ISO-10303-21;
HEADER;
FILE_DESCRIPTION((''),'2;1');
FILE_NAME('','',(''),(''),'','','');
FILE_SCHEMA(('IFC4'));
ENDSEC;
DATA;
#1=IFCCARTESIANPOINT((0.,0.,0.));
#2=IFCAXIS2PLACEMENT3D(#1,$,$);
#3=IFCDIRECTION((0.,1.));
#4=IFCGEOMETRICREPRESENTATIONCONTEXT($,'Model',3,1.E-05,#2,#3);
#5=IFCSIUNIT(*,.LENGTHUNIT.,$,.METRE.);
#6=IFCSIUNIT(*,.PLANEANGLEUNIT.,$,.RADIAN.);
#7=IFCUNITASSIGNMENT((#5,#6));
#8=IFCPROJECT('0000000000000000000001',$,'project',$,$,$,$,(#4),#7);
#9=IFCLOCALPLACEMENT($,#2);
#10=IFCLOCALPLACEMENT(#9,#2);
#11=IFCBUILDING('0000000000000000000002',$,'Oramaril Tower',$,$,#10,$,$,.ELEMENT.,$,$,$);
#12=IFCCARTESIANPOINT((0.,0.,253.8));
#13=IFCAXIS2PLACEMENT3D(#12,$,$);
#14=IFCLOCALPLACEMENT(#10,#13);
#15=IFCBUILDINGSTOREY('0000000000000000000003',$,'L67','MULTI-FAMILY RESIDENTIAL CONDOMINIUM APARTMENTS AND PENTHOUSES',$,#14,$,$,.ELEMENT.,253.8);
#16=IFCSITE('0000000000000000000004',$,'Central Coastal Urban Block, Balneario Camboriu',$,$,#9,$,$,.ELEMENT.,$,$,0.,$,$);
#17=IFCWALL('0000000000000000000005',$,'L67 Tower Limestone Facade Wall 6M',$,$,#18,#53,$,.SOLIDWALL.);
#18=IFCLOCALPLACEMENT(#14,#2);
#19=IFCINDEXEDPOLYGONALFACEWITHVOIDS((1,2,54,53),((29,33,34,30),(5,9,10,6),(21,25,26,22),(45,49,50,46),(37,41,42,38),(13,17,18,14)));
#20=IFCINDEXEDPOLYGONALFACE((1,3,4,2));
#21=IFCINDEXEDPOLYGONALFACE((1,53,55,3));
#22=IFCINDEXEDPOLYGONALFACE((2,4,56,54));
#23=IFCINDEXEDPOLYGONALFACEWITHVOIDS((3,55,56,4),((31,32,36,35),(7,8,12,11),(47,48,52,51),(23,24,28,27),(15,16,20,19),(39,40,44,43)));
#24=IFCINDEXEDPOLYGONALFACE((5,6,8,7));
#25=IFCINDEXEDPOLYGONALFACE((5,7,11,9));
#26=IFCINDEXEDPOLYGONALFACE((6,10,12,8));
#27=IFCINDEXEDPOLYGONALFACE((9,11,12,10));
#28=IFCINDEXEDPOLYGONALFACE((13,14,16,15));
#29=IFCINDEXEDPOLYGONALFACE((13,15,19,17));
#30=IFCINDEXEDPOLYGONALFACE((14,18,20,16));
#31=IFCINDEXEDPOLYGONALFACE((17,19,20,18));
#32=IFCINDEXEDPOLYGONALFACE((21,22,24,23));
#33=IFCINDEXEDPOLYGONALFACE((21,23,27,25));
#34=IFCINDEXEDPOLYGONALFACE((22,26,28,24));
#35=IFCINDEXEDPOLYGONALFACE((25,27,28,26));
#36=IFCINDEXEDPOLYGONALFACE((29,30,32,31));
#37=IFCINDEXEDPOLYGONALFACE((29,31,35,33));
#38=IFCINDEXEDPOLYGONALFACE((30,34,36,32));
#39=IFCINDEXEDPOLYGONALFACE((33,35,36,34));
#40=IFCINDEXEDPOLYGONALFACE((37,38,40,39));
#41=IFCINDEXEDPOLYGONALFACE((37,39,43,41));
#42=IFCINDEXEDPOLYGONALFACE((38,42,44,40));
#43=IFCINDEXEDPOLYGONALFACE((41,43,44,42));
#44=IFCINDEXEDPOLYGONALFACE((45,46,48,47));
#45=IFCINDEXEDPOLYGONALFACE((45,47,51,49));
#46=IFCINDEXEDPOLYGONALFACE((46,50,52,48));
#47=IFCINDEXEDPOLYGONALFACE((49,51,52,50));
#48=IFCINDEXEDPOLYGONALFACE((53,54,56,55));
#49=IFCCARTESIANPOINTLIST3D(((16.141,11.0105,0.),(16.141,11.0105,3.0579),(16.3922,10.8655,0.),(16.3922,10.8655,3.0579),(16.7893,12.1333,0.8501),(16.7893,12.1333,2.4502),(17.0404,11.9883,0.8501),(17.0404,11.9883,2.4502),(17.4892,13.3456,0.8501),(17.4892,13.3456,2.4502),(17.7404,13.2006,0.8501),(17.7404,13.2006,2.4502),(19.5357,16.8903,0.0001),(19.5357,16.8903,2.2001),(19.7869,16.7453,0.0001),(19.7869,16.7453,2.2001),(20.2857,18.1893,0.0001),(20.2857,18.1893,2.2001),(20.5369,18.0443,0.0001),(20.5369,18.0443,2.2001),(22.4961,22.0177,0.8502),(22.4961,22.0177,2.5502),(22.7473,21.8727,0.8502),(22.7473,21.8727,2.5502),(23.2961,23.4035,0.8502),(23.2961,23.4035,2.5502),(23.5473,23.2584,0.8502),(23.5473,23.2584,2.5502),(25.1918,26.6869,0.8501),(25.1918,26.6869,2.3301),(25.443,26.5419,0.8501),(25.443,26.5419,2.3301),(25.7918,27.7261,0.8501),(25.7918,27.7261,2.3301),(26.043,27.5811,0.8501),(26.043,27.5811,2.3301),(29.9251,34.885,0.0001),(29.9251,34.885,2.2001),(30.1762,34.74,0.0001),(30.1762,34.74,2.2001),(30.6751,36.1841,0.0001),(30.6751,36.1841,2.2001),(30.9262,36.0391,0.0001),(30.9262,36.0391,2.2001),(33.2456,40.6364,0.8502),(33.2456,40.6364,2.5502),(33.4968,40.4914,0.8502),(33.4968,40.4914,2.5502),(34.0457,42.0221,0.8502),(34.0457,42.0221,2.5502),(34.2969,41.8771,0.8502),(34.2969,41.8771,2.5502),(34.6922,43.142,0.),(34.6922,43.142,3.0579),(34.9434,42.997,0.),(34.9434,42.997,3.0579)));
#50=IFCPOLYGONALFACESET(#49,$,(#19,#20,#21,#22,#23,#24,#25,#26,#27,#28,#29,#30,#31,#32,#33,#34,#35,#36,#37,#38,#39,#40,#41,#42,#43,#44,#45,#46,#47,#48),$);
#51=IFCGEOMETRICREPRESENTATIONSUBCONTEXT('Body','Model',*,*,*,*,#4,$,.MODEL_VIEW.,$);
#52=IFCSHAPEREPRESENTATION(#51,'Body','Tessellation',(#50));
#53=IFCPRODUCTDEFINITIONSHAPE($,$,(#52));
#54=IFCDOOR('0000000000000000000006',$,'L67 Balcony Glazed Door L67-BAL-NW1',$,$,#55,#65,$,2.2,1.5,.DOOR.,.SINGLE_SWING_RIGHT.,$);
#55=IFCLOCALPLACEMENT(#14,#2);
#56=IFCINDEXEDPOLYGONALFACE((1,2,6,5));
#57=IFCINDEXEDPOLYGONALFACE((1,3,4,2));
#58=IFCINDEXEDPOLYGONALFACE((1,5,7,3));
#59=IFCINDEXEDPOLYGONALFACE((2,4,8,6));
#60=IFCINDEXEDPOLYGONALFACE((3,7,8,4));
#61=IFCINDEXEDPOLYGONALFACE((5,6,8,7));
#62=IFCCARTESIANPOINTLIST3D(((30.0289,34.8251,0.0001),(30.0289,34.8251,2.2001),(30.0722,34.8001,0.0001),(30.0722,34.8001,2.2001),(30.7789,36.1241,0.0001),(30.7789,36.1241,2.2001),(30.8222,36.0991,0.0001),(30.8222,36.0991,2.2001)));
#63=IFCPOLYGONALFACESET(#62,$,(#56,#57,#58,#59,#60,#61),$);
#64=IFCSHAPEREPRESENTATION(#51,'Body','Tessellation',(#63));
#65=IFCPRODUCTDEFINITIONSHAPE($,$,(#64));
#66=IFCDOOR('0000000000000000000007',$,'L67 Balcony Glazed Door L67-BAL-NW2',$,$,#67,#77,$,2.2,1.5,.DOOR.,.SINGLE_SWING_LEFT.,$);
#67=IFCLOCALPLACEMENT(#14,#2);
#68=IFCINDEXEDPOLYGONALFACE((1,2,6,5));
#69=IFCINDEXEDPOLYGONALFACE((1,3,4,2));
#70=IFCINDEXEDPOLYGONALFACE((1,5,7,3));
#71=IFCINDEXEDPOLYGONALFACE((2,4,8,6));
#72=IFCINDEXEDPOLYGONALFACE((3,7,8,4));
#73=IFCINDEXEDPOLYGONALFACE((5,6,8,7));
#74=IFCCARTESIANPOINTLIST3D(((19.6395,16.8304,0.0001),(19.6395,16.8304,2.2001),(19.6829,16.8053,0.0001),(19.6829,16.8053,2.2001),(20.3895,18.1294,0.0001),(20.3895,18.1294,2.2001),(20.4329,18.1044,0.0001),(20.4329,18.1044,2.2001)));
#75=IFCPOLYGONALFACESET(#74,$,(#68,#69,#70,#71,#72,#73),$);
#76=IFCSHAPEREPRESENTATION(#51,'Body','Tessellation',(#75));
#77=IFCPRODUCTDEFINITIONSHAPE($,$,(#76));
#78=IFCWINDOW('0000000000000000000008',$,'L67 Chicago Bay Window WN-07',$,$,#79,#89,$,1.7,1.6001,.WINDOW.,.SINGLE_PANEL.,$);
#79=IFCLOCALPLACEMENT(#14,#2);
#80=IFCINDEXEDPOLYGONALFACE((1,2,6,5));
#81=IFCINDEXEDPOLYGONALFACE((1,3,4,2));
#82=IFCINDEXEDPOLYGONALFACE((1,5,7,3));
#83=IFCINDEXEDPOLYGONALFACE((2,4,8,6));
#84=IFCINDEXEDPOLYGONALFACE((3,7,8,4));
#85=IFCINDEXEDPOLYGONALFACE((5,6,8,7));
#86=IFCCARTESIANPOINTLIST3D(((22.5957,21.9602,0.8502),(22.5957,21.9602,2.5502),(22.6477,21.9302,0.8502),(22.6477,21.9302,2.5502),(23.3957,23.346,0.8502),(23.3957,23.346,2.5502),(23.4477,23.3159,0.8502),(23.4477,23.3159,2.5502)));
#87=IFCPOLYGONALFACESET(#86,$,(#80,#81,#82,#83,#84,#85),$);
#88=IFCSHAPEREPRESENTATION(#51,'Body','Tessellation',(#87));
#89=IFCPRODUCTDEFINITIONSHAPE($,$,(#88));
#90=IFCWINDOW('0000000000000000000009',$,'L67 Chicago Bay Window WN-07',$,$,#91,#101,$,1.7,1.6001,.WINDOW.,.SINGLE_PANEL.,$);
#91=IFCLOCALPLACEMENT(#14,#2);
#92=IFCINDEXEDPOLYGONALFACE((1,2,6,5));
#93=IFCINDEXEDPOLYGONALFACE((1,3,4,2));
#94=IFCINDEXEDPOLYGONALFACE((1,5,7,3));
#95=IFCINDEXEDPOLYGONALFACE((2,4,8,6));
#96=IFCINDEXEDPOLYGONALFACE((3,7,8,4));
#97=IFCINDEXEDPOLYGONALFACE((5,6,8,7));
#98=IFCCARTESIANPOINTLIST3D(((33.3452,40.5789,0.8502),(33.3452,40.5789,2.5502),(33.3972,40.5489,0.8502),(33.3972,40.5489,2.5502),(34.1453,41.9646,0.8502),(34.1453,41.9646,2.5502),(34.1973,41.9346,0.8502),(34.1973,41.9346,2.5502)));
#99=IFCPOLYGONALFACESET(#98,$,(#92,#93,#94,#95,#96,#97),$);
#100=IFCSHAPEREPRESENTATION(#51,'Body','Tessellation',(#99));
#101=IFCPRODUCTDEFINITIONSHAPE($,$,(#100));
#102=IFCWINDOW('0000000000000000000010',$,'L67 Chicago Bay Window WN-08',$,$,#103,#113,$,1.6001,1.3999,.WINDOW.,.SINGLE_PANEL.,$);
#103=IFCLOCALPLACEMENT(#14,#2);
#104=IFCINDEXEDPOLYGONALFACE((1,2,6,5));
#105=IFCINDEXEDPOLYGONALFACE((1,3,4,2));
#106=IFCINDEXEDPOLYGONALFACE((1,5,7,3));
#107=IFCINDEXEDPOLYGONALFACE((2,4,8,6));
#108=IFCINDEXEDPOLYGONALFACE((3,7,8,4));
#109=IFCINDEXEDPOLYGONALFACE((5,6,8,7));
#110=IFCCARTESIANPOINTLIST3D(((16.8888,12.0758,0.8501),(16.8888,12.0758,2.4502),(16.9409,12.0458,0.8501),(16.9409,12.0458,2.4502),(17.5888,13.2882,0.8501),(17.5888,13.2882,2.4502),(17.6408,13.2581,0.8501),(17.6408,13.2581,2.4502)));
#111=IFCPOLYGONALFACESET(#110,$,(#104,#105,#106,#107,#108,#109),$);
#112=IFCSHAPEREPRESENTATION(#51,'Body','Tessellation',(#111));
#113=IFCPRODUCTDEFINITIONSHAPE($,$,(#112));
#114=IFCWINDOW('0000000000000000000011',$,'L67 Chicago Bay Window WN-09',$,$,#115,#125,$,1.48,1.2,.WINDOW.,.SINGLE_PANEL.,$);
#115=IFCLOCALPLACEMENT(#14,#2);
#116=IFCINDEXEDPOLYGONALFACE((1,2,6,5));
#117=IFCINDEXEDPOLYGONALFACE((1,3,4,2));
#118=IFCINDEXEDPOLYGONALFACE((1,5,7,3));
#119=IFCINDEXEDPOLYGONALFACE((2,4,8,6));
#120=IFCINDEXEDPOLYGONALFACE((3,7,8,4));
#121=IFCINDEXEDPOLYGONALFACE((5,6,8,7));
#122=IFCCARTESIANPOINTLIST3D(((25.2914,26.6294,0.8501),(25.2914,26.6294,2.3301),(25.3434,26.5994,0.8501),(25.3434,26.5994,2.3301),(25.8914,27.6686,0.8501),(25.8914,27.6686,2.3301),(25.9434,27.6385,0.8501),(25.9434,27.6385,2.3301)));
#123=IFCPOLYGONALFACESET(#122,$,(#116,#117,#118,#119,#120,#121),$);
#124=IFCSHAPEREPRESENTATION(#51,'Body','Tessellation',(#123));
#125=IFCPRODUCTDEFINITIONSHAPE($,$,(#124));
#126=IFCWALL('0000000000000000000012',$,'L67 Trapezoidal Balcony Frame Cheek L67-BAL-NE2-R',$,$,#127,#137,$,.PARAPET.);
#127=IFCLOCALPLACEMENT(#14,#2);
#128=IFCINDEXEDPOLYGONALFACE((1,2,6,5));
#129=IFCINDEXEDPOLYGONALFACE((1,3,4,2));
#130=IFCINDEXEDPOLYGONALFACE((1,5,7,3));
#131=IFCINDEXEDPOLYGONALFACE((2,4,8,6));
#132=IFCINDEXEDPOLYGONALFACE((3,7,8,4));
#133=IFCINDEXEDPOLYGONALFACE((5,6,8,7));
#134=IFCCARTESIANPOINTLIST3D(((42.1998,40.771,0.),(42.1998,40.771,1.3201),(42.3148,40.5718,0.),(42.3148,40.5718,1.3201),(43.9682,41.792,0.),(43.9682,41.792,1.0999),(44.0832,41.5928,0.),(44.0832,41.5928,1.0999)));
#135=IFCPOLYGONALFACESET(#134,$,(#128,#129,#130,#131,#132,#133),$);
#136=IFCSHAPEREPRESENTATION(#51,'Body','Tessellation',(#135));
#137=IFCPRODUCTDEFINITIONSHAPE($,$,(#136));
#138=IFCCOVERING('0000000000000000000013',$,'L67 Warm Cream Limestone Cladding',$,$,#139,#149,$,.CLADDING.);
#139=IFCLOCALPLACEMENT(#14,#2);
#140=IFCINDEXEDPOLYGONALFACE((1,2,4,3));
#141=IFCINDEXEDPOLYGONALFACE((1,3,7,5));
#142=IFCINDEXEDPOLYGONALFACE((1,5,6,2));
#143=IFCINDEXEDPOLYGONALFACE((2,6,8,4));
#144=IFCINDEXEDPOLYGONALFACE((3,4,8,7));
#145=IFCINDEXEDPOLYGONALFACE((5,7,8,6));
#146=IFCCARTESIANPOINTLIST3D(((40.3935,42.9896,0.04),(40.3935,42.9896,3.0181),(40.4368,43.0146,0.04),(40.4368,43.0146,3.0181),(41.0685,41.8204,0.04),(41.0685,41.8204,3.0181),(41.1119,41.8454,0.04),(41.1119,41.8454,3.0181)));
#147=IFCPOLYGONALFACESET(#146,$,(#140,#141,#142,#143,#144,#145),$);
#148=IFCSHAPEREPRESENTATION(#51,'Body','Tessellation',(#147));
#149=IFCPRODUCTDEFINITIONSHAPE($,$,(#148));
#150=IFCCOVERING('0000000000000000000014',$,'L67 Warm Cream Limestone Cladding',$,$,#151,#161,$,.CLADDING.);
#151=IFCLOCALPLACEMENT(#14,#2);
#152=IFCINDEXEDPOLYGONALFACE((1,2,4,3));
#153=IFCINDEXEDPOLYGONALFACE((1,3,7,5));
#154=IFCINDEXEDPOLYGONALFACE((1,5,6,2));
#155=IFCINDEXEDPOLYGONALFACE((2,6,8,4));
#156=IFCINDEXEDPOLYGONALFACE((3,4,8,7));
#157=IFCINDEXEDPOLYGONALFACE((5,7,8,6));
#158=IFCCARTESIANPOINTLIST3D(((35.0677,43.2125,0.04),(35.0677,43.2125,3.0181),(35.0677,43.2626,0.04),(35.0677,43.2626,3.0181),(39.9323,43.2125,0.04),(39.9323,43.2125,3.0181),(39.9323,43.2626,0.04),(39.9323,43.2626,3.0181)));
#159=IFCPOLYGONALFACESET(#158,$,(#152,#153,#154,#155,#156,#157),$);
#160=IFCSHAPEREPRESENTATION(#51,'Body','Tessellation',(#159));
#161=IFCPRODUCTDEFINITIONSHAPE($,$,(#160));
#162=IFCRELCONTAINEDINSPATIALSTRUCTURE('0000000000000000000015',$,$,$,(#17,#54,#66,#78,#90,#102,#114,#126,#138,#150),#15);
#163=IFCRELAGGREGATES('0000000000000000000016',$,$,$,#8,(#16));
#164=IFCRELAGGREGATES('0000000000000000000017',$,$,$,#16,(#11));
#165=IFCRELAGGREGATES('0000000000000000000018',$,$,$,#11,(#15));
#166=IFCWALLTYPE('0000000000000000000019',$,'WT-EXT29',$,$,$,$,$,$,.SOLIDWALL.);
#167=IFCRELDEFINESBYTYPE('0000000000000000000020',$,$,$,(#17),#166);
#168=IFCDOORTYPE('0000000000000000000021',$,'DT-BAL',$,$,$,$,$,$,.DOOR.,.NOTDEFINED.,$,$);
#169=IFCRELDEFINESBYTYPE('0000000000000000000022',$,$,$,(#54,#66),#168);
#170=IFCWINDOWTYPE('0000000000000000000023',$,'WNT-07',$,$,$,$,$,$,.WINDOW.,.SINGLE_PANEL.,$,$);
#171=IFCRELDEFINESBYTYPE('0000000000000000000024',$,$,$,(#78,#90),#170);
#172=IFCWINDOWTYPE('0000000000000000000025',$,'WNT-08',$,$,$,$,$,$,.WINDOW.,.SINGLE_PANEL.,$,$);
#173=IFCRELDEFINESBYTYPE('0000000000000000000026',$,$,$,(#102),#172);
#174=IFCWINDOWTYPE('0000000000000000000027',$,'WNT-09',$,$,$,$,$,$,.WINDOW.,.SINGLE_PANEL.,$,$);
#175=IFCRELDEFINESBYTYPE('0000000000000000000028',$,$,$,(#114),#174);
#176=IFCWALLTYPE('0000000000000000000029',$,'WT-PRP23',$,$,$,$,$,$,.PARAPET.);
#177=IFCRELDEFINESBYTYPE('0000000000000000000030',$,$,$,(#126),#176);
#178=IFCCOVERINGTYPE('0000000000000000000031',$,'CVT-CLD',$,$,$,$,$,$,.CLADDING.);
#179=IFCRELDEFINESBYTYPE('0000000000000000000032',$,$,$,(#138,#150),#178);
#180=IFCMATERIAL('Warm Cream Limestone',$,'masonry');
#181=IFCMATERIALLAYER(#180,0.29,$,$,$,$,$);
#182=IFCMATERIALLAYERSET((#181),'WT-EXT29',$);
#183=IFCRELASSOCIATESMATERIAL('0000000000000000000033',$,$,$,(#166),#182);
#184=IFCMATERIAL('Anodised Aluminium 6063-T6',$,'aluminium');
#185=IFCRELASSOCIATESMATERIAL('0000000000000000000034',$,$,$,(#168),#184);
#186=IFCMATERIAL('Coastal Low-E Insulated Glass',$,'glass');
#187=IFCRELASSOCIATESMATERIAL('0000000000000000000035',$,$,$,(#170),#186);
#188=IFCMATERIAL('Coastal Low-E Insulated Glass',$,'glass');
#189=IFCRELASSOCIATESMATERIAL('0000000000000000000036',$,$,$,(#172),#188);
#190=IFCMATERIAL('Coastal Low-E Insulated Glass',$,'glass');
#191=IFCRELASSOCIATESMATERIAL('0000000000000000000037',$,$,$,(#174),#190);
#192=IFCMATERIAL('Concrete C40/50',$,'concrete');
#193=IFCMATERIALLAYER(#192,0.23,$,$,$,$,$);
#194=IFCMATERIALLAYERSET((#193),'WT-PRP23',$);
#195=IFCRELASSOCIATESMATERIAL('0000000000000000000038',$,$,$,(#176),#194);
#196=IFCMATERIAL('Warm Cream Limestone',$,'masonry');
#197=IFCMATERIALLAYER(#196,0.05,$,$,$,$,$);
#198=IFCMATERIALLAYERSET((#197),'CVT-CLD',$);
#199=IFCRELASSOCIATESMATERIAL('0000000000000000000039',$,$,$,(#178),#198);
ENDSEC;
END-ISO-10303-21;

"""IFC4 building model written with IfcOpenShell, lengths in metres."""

from ifc_helpers import new_model, si_unit, direction, frame, frame_2d, origin, origin_2d, place, context, subcontext, project, spatial, polyline, rectangle, outline, extrude, material, layer, layer_set, type_object, element, fill, save


model = new_model("IFC4")

# Units and contexts
model_context = context("Model", 3, precision=1e-05, world=origin(), true_north=direction((0.0, 1.0)))
body_context = subcontext(model_context, "Body", "Model", "MODEL_VIEW")
ifc_project = project(units=[si_unit("LENGTHUNIT", "METRE"), si_unit("PLANEANGLEUNIT", "RADIAN")], contexts=[model_context])

# Site, building, storey
site_placement = place(None, origin())
site = spatial("IfcSite", under=ifc_project, at=site_placement, Name="Central Coastal Urban Block, Balneario Camboriu", CompositionType="ELEMENT", RefElevation=0.0)
building_placement = place(site_placement, origin())
building = spatial("IfcBuilding", under=site, at=building_placement, Name="Oramaril Tower", CompositionType="ELEMENT")
storey_placement = place(building_placement, frame((0.0, 0.0, 253.8)))
storey = spatial("IfcBuildingStorey", under=building, at=storey_placement, Name="L67", Description="MULTI-FAMILY RESIDENTIAL CONDOMINIUM APARTMENTS AND PENTHOUSES", CompositionType="ELEMENT", Elevation=253.8)

# Shared definitions
ifc_material_1 = material(Name="Warm Cream Limestone", Category="masonry")
ifc_layer_1 = layer(ifc_material_1, 0.29)
ifc_layer_set_1 = layer_set([ifc_layer_1], Name="WT-EXT29")
wall_type_1 = type_object("IfcWallType", Name="WT-EXT29", PredefinedType="SOLIDWALL", material=ifc_layer_set_1)

# Wall, openings, doors, windows
wall_1_placement = place(storey_placement, frame((34.8179, 43.0696, 0.0), z_axis=(0.0, 0.0, 1.0), x_axis=(-0.500002, -0.866024, 0.0)))
wall_1 = element("IfcWall", 1, at=wall_1_placement, inside=storey, type_object=wall_type_1, Name="L67 Tower Limestone Facade Wall 6M", PredefinedType="SOLIDWALL", context=body_context, shape_type="SweptSolid", body=[
    extrude(rectangle(XDim=37.1023, YDim=0.29, at=frame_2d((18.5513, 0.0))), origin(), (0.0, 0.0, 1.0), 3.0579),
])
opening_1_placement = place(wall_1_placement, frame((8.0344, 0.0, 0.0)))
opening_1 = element("IfcOpeningElement", 2, at=opening_1_placement, cuts=wall_1, PredefinedType="OPENING", context=body_context, shape_type="SweptSolid", body=[
    extrude(rectangle(XDim=1.5, YDim=2.2, at=frame_2d((0.75, 1.1001))), frame((0.0, 0.145, 0.0), z_axis=(0.0, -1.0, 0.0), x_axis=(1.0, 0.0, 0.0)), (0.0, 0.0, 1.0), 0.29),
])
opening_2_placement = place(wall_1_placement, frame((28.813, 0.0, 0.0)))
opening_2 = element("IfcOpeningElement", 3, at=opening_2_placement, cuts=wall_1, PredefinedType="OPENING", context=body_context, shape_type="SweptSolid", body=[
    extrude(rectangle(XDim=1.5, YDim=2.2, at=frame_2d((0.75, 1.1001))), frame((0.0, 0.145, 0.0), z_axis=(0.0, -1.0, 0.0), x_axis=(1.0, 0.0, 0.0)), (0.0, 0.0, 1.0), 0.29),
])
opening_3_placement = place(wall_1_placement, frame((22.7922, 0.0, 0.8501)))
opening_3 = element("IfcOpeningElement", 4, at=opening_3_placement, cuts=wall_1, PredefinedType="OPENING", context=body_context, shape_type="SweptSolid", body=[
    extrude(rectangle(XDim=1.6001, YDim=1.7, at=frame_2d((0.8, 0.8501))), frame((0.0, 0.145, 0.0), z_axis=(0.0, -1.0, 0.0), x_axis=(1.0, 0.0, 0.0)), (0.0, 0.0, 1.0), 0.29),
])
opening_4_placement = place(wall_1_placement, frame((34.406, 0.0, 0.8501)))
opening_4 = element("IfcOpeningElement", 5, at=opening_4_placement, cuts=wall_1, PredefinedType="OPENING", context=body_context, shape_type="SweptSolid", body=[
    extrude(rectangle(XDim=1.3999, YDim=1.6001, at=frame_2d((0.7, 0.8))), frame((0.0, 0.145, 0.0), z_axis=(0.0, -1.0, 0.0), x_axis=(1.0, 0.0, 0.0)), (0.0, 0.0, 1.0), 0.29),
])
opening_5_placement = place(wall_1_placement, frame((17.8008, 0.0, 0.8501)))
opening_5 = element("IfcOpeningElement", 6, at=opening_5_placement, cuts=wall_1, PredefinedType="OPENING", context=body_context, shape_type="SweptSolid", body=[
    extrude(rectangle(XDim=1.2, YDim=1.48, at=frame_2d((0.6001, 0.74))), frame((0.0, 0.145, 0.0), z_axis=(0.0, -1.0, 0.0), x_axis=(1.0, 0.0, 0.0)), (0.0, 0.0, 1.0), 0.29),
])
opening_6_placement = place(wall_1_placement, frame((1.2932, 0.0, 0.8501)))
opening_6 = element("IfcOpeningElement", 7, at=opening_6_placement, cuts=wall_1, PredefinedType="OPENING", context=body_context, shape_type="SweptSolid", body=[
    extrude(rectangle(XDim=1.6001, YDim=1.7, at=frame_2d((0.8, 0.8501))), frame((0.0, 0.145, 0.0), z_axis=(0.0, -1.0, 0.0), x_axis=(1.0, 0.0, 0.0)), (0.0, 0.0, 1.0), 0.29),
])
ifc_material_2 = material(Name="Anodised Aluminium 6063-T6", Category="aluminium")
door_type = type_object("IfcDoorType", Name="DT-BAL", OperationType="NOTDEFINED", PredefinedType="DOOR", material=ifc_material_2)
door_1_placement = place(opening_1_placement, origin())
door_1 = element("IfcDoor", 8, at=door_1_placement, inside=storey, type_object=door_type, Name="L67 Balcony Glazed Door L67-BAL-NW1", OperationType="SINGLE_SWING_RIGHT", OverallHeight=2.2, OverallWidth=1.5, PredefinedType="DOOR", context=body_context, shape_type="SweptSolid", body=[
    extrude(rectangle(XDim=1.5, YDim=2.2, at=frame_2d((0.75, 1.1001))), frame((0.0, 0.0249, 0.0), z_axis=(0.0, -1.0, 0.0), x_axis=(1.0, 0.0, 0.0)), (0.0, 0.0, 1.0), 0.05),
])
fill(opening_1, door_1)
door_2_placement = place(opening_2_placement, origin())
door_2 = element("IfcDoor", 9, at=door_2_placement, inside=storey, type_object=door_type, Name="L67 Balcony Glazed Door L67-BAL-NW2", OperationType="SINGLE_SWING_LEFT", OverallHeight=2.2, OverallWidth=1.5, PredefinedType="DOOR", context=body_context, shape_type="SweptSolid", body=[
    extrude(rectangle(XDim=1.5, YDim=2.2, at=frame_2d((0.75, 1.1001))), frame((0.0, 0.0249, 0.0), z_axis=(0.0, -1.0, 0.0), x_axis=(1.0, 0.0, 0.0)), (0.0, 0.0, 1.0), 0.05),
])
fill(opening_2, door_2)
ifc_material_3 = material(Name="Coastal Low-E Insulated Glass", Category="glass")
window_type_1 = type_object("IfcWindowType", Name="WNT-07", PartitioningType="SINGLE_PANEL", PredefinedType="WINDOW", material=ifc_material_3)
window_1_placement = place(opening_3_placement, origin())
window_1 = element("IfcWindow", 10, at=window_1_placement, inside=storey, type_object=window_type_1, Name="L67 Chicago Bay Window WN-07", OverallHeight=1.7, OverallWidth=1.6001, PartitioningType="SINGLE_PANEL", PredefinedType="WINDOW", context=body_context, shape_type="SweptSolid", body=[
    extrude(rectangle(XDim=1.6001, YDim=1.7, at=frame_2d((0.8, 0.8501))), frame((0.0, 0.03, 0.0), z_axis=(0.0, -1.0, 0.0), x_axis=(1.0, 0.0, 0.0)), (0.0, 0.0, 1.0), 0.0601),
])
fill(opening_3, window_1)
window_2_placement = place(opening_6_placement, origin())
window_2 = element("IfcWindow", 11, at=window_2_placement, inside=storey, type_object=window_type_1, Name="L67 Chicago Bay Window WN-07", OverallHeight=1.7, OverallWidth=1.6001, PartitioningType="SINGLE_PANEL", PredefinedType="WINDOW", context=body_context, shape_type="SweptSolid", body=[
    extrude(rectangle(XDim=1.6001, YDim=1.7, at=frame_2d((0.8, 0.8501))), frame((0.0, 0.03, 0.0), z_axis=(0.0, -1.0, 0.0), x_axis=(1.0, 0.0, 0.0)), (0.0, 0.0, 1.0), 0.0601),
])
fill(opening_6, window_2)
ifc_material_4 = material(Name="Coastal Low-E Insulated Glass", Category="glass")
window_type_2 = type_object("IfcWindowType", Name="WNT-08", PartitioningType="SINGLE_PANEL", PredefinedType="WINDOW", material=ifc_material_4)
window_3_placement = place(opening_4_placement, origin())
window_3 = element("IfcWindow", 12, at=window_3_placement, inside=storey, type_object=window_type_2, Name="L67 Chicago Bay Window WN-08", OverallHeight=1.6001, OverallWidth=1.3999, PartitioningType="SINGLE_PANEL", PredefinedType="WINDOW", context=body_context, shape_type="SweptSolid", body=[
    extrude(rectangle(XDim=1.3999, YDim=1.6001, at=frame_2d((0.7, 0.8))), frame((0.0, 0.03, 0.0), z_axis=(0.0, -1.0, 0.0), x_axis=(1.0, 0.0, 0.0)), (0.0, 0.0, 1.0), 0.0601),
])
fill(opening_4, window_3)
ifc_material_5 = material(Name="Coastal Low-E Insulated Glass", Category="glass")
window_type_3 = type_object("IfcWindowType", Name="WNT-09", PartitioningType="SINGLE_PANEL", PredefinedType="WINDOW", material=ifc_material_5)
window_4_placement = place(opening_5_placement, origin())
window_4 = element("IfcWindow", 13, at=window_4_placement, inside=storey, type_object=window_type_3, Name="L67 Chicago Bay Window WN-09", OverallHeight=1.48, OverallWidth=1.2, PartitioningType="SINGLE_PANEL", PredefinedType="WINDOW", context=body_context, shape_type="SweptSolid", body=[
    extrude(rectangle(XDim=1.2, YDim=1.48, at=frame_2d((0.6001, 0.74))), frame((0.0, 0.03, 0.0), z_axis=(0.0, -1.0, 0.0), x_axis=(1.0, 0.0, 0.0)), (0.0, 0.0, 1.0), 0.0601),
])
fill(opening_5, window_4)

# Wall
ifc_material_6 = material(Name="Concrete C40/50", Category="concrete")
ifc_layer_2 = layer(ifc_material_6, 0.23)
ifc_layer_set_2 = layer_set([ifc_layer_2], Name="WT-PRP23")
wall_type_2 = type_object("IfcWallType", Name="WT-PRP23", PredefinedType="PARAPET", material=ifc_layer_set_2)
wall_2_placement = place(storey_placement, frame((42.2573, 40.6714, 0.0), z_axis=(0.0, 0.0, 1.0), x_axis=(0.866012, 0.500023, 0.0)))
element("IfcWall", 14, at=wall_2_placement, inside=storey, type_object=wall_type_2, Name="L67 Trapezoidal Balcony Frame Cheek L67-BAL-NE2-R", PredefinedType="PARAPET", context=body_context, shape_type="SweptSolid", body=[
    extrude(outline(polyline([(0.0, 0.0), (2.042, 0.0), (2.042, 1.0999), (0.0, 1.3201), (0.0, 0.0)])), frame((0.0, 0.115, 0.0), z_axis=(0.0, -1.0, 0.0), x_axis=(1.0, 0.0, 0.0)), (0.0, 0.0, 1.0), 0.23),
])

# Coverings
ifc_material_7 = material(Name="Warm Cream Limestone", Category="masonry")
ifc_layer_3 = layer(ifc_material_7, 0.05)
ifc_layer_set_3 = layer_set([ifc_layer_3], Name="CVT-CLD")
covering_type = type_object("IfcCoveringType", Name="CVT-CLD", PredefinedType="CLADDING", material=ifc_layer_set_3)
covering_1_placement = place(storey_placement, frame((40.7527, 42.4175, 0.04), z_axis=(0.0, 0.0, 1.0), x_axis=(-0.500002, 0.866025, 0.0)))
element("IfcCovering", 15, at=covering_1_placement, inside=storey, type_object=covering_type, Name="L67 Warm Cream Limestone Cladding", PredefinedType="CLADDING", context=body_context, shape_type="SweptSolid", body=[
    extrude(rectangle(XDim=1.3501, YDim=0.05, at=origin_2d()), origin(), (0.0, 0.0, 1.0), 2.978),
])
covering_2_placement = place(storey_placement, frame((37.5, 43.2375, 0.04), z_axis=(0.0, 0.0, 1.0), x_axis=(-1.0, 0.0, 0.0)))
element("IfcCovering", 16, at=covering_2_placement, inside=storey, type_object=covering_type, Name="L67 Warm Cream Limestone Cladding", PredefinedType="CLADDING", context=body_context, shape_type="SweptSolid", body=[
    extrude(rectangle(XDim=4.8645, YDim=0.05, at=origin_2d()), origin(), (0.0, 0.0, 1.0), 2.978),
])

save(model, "model.ifc")
